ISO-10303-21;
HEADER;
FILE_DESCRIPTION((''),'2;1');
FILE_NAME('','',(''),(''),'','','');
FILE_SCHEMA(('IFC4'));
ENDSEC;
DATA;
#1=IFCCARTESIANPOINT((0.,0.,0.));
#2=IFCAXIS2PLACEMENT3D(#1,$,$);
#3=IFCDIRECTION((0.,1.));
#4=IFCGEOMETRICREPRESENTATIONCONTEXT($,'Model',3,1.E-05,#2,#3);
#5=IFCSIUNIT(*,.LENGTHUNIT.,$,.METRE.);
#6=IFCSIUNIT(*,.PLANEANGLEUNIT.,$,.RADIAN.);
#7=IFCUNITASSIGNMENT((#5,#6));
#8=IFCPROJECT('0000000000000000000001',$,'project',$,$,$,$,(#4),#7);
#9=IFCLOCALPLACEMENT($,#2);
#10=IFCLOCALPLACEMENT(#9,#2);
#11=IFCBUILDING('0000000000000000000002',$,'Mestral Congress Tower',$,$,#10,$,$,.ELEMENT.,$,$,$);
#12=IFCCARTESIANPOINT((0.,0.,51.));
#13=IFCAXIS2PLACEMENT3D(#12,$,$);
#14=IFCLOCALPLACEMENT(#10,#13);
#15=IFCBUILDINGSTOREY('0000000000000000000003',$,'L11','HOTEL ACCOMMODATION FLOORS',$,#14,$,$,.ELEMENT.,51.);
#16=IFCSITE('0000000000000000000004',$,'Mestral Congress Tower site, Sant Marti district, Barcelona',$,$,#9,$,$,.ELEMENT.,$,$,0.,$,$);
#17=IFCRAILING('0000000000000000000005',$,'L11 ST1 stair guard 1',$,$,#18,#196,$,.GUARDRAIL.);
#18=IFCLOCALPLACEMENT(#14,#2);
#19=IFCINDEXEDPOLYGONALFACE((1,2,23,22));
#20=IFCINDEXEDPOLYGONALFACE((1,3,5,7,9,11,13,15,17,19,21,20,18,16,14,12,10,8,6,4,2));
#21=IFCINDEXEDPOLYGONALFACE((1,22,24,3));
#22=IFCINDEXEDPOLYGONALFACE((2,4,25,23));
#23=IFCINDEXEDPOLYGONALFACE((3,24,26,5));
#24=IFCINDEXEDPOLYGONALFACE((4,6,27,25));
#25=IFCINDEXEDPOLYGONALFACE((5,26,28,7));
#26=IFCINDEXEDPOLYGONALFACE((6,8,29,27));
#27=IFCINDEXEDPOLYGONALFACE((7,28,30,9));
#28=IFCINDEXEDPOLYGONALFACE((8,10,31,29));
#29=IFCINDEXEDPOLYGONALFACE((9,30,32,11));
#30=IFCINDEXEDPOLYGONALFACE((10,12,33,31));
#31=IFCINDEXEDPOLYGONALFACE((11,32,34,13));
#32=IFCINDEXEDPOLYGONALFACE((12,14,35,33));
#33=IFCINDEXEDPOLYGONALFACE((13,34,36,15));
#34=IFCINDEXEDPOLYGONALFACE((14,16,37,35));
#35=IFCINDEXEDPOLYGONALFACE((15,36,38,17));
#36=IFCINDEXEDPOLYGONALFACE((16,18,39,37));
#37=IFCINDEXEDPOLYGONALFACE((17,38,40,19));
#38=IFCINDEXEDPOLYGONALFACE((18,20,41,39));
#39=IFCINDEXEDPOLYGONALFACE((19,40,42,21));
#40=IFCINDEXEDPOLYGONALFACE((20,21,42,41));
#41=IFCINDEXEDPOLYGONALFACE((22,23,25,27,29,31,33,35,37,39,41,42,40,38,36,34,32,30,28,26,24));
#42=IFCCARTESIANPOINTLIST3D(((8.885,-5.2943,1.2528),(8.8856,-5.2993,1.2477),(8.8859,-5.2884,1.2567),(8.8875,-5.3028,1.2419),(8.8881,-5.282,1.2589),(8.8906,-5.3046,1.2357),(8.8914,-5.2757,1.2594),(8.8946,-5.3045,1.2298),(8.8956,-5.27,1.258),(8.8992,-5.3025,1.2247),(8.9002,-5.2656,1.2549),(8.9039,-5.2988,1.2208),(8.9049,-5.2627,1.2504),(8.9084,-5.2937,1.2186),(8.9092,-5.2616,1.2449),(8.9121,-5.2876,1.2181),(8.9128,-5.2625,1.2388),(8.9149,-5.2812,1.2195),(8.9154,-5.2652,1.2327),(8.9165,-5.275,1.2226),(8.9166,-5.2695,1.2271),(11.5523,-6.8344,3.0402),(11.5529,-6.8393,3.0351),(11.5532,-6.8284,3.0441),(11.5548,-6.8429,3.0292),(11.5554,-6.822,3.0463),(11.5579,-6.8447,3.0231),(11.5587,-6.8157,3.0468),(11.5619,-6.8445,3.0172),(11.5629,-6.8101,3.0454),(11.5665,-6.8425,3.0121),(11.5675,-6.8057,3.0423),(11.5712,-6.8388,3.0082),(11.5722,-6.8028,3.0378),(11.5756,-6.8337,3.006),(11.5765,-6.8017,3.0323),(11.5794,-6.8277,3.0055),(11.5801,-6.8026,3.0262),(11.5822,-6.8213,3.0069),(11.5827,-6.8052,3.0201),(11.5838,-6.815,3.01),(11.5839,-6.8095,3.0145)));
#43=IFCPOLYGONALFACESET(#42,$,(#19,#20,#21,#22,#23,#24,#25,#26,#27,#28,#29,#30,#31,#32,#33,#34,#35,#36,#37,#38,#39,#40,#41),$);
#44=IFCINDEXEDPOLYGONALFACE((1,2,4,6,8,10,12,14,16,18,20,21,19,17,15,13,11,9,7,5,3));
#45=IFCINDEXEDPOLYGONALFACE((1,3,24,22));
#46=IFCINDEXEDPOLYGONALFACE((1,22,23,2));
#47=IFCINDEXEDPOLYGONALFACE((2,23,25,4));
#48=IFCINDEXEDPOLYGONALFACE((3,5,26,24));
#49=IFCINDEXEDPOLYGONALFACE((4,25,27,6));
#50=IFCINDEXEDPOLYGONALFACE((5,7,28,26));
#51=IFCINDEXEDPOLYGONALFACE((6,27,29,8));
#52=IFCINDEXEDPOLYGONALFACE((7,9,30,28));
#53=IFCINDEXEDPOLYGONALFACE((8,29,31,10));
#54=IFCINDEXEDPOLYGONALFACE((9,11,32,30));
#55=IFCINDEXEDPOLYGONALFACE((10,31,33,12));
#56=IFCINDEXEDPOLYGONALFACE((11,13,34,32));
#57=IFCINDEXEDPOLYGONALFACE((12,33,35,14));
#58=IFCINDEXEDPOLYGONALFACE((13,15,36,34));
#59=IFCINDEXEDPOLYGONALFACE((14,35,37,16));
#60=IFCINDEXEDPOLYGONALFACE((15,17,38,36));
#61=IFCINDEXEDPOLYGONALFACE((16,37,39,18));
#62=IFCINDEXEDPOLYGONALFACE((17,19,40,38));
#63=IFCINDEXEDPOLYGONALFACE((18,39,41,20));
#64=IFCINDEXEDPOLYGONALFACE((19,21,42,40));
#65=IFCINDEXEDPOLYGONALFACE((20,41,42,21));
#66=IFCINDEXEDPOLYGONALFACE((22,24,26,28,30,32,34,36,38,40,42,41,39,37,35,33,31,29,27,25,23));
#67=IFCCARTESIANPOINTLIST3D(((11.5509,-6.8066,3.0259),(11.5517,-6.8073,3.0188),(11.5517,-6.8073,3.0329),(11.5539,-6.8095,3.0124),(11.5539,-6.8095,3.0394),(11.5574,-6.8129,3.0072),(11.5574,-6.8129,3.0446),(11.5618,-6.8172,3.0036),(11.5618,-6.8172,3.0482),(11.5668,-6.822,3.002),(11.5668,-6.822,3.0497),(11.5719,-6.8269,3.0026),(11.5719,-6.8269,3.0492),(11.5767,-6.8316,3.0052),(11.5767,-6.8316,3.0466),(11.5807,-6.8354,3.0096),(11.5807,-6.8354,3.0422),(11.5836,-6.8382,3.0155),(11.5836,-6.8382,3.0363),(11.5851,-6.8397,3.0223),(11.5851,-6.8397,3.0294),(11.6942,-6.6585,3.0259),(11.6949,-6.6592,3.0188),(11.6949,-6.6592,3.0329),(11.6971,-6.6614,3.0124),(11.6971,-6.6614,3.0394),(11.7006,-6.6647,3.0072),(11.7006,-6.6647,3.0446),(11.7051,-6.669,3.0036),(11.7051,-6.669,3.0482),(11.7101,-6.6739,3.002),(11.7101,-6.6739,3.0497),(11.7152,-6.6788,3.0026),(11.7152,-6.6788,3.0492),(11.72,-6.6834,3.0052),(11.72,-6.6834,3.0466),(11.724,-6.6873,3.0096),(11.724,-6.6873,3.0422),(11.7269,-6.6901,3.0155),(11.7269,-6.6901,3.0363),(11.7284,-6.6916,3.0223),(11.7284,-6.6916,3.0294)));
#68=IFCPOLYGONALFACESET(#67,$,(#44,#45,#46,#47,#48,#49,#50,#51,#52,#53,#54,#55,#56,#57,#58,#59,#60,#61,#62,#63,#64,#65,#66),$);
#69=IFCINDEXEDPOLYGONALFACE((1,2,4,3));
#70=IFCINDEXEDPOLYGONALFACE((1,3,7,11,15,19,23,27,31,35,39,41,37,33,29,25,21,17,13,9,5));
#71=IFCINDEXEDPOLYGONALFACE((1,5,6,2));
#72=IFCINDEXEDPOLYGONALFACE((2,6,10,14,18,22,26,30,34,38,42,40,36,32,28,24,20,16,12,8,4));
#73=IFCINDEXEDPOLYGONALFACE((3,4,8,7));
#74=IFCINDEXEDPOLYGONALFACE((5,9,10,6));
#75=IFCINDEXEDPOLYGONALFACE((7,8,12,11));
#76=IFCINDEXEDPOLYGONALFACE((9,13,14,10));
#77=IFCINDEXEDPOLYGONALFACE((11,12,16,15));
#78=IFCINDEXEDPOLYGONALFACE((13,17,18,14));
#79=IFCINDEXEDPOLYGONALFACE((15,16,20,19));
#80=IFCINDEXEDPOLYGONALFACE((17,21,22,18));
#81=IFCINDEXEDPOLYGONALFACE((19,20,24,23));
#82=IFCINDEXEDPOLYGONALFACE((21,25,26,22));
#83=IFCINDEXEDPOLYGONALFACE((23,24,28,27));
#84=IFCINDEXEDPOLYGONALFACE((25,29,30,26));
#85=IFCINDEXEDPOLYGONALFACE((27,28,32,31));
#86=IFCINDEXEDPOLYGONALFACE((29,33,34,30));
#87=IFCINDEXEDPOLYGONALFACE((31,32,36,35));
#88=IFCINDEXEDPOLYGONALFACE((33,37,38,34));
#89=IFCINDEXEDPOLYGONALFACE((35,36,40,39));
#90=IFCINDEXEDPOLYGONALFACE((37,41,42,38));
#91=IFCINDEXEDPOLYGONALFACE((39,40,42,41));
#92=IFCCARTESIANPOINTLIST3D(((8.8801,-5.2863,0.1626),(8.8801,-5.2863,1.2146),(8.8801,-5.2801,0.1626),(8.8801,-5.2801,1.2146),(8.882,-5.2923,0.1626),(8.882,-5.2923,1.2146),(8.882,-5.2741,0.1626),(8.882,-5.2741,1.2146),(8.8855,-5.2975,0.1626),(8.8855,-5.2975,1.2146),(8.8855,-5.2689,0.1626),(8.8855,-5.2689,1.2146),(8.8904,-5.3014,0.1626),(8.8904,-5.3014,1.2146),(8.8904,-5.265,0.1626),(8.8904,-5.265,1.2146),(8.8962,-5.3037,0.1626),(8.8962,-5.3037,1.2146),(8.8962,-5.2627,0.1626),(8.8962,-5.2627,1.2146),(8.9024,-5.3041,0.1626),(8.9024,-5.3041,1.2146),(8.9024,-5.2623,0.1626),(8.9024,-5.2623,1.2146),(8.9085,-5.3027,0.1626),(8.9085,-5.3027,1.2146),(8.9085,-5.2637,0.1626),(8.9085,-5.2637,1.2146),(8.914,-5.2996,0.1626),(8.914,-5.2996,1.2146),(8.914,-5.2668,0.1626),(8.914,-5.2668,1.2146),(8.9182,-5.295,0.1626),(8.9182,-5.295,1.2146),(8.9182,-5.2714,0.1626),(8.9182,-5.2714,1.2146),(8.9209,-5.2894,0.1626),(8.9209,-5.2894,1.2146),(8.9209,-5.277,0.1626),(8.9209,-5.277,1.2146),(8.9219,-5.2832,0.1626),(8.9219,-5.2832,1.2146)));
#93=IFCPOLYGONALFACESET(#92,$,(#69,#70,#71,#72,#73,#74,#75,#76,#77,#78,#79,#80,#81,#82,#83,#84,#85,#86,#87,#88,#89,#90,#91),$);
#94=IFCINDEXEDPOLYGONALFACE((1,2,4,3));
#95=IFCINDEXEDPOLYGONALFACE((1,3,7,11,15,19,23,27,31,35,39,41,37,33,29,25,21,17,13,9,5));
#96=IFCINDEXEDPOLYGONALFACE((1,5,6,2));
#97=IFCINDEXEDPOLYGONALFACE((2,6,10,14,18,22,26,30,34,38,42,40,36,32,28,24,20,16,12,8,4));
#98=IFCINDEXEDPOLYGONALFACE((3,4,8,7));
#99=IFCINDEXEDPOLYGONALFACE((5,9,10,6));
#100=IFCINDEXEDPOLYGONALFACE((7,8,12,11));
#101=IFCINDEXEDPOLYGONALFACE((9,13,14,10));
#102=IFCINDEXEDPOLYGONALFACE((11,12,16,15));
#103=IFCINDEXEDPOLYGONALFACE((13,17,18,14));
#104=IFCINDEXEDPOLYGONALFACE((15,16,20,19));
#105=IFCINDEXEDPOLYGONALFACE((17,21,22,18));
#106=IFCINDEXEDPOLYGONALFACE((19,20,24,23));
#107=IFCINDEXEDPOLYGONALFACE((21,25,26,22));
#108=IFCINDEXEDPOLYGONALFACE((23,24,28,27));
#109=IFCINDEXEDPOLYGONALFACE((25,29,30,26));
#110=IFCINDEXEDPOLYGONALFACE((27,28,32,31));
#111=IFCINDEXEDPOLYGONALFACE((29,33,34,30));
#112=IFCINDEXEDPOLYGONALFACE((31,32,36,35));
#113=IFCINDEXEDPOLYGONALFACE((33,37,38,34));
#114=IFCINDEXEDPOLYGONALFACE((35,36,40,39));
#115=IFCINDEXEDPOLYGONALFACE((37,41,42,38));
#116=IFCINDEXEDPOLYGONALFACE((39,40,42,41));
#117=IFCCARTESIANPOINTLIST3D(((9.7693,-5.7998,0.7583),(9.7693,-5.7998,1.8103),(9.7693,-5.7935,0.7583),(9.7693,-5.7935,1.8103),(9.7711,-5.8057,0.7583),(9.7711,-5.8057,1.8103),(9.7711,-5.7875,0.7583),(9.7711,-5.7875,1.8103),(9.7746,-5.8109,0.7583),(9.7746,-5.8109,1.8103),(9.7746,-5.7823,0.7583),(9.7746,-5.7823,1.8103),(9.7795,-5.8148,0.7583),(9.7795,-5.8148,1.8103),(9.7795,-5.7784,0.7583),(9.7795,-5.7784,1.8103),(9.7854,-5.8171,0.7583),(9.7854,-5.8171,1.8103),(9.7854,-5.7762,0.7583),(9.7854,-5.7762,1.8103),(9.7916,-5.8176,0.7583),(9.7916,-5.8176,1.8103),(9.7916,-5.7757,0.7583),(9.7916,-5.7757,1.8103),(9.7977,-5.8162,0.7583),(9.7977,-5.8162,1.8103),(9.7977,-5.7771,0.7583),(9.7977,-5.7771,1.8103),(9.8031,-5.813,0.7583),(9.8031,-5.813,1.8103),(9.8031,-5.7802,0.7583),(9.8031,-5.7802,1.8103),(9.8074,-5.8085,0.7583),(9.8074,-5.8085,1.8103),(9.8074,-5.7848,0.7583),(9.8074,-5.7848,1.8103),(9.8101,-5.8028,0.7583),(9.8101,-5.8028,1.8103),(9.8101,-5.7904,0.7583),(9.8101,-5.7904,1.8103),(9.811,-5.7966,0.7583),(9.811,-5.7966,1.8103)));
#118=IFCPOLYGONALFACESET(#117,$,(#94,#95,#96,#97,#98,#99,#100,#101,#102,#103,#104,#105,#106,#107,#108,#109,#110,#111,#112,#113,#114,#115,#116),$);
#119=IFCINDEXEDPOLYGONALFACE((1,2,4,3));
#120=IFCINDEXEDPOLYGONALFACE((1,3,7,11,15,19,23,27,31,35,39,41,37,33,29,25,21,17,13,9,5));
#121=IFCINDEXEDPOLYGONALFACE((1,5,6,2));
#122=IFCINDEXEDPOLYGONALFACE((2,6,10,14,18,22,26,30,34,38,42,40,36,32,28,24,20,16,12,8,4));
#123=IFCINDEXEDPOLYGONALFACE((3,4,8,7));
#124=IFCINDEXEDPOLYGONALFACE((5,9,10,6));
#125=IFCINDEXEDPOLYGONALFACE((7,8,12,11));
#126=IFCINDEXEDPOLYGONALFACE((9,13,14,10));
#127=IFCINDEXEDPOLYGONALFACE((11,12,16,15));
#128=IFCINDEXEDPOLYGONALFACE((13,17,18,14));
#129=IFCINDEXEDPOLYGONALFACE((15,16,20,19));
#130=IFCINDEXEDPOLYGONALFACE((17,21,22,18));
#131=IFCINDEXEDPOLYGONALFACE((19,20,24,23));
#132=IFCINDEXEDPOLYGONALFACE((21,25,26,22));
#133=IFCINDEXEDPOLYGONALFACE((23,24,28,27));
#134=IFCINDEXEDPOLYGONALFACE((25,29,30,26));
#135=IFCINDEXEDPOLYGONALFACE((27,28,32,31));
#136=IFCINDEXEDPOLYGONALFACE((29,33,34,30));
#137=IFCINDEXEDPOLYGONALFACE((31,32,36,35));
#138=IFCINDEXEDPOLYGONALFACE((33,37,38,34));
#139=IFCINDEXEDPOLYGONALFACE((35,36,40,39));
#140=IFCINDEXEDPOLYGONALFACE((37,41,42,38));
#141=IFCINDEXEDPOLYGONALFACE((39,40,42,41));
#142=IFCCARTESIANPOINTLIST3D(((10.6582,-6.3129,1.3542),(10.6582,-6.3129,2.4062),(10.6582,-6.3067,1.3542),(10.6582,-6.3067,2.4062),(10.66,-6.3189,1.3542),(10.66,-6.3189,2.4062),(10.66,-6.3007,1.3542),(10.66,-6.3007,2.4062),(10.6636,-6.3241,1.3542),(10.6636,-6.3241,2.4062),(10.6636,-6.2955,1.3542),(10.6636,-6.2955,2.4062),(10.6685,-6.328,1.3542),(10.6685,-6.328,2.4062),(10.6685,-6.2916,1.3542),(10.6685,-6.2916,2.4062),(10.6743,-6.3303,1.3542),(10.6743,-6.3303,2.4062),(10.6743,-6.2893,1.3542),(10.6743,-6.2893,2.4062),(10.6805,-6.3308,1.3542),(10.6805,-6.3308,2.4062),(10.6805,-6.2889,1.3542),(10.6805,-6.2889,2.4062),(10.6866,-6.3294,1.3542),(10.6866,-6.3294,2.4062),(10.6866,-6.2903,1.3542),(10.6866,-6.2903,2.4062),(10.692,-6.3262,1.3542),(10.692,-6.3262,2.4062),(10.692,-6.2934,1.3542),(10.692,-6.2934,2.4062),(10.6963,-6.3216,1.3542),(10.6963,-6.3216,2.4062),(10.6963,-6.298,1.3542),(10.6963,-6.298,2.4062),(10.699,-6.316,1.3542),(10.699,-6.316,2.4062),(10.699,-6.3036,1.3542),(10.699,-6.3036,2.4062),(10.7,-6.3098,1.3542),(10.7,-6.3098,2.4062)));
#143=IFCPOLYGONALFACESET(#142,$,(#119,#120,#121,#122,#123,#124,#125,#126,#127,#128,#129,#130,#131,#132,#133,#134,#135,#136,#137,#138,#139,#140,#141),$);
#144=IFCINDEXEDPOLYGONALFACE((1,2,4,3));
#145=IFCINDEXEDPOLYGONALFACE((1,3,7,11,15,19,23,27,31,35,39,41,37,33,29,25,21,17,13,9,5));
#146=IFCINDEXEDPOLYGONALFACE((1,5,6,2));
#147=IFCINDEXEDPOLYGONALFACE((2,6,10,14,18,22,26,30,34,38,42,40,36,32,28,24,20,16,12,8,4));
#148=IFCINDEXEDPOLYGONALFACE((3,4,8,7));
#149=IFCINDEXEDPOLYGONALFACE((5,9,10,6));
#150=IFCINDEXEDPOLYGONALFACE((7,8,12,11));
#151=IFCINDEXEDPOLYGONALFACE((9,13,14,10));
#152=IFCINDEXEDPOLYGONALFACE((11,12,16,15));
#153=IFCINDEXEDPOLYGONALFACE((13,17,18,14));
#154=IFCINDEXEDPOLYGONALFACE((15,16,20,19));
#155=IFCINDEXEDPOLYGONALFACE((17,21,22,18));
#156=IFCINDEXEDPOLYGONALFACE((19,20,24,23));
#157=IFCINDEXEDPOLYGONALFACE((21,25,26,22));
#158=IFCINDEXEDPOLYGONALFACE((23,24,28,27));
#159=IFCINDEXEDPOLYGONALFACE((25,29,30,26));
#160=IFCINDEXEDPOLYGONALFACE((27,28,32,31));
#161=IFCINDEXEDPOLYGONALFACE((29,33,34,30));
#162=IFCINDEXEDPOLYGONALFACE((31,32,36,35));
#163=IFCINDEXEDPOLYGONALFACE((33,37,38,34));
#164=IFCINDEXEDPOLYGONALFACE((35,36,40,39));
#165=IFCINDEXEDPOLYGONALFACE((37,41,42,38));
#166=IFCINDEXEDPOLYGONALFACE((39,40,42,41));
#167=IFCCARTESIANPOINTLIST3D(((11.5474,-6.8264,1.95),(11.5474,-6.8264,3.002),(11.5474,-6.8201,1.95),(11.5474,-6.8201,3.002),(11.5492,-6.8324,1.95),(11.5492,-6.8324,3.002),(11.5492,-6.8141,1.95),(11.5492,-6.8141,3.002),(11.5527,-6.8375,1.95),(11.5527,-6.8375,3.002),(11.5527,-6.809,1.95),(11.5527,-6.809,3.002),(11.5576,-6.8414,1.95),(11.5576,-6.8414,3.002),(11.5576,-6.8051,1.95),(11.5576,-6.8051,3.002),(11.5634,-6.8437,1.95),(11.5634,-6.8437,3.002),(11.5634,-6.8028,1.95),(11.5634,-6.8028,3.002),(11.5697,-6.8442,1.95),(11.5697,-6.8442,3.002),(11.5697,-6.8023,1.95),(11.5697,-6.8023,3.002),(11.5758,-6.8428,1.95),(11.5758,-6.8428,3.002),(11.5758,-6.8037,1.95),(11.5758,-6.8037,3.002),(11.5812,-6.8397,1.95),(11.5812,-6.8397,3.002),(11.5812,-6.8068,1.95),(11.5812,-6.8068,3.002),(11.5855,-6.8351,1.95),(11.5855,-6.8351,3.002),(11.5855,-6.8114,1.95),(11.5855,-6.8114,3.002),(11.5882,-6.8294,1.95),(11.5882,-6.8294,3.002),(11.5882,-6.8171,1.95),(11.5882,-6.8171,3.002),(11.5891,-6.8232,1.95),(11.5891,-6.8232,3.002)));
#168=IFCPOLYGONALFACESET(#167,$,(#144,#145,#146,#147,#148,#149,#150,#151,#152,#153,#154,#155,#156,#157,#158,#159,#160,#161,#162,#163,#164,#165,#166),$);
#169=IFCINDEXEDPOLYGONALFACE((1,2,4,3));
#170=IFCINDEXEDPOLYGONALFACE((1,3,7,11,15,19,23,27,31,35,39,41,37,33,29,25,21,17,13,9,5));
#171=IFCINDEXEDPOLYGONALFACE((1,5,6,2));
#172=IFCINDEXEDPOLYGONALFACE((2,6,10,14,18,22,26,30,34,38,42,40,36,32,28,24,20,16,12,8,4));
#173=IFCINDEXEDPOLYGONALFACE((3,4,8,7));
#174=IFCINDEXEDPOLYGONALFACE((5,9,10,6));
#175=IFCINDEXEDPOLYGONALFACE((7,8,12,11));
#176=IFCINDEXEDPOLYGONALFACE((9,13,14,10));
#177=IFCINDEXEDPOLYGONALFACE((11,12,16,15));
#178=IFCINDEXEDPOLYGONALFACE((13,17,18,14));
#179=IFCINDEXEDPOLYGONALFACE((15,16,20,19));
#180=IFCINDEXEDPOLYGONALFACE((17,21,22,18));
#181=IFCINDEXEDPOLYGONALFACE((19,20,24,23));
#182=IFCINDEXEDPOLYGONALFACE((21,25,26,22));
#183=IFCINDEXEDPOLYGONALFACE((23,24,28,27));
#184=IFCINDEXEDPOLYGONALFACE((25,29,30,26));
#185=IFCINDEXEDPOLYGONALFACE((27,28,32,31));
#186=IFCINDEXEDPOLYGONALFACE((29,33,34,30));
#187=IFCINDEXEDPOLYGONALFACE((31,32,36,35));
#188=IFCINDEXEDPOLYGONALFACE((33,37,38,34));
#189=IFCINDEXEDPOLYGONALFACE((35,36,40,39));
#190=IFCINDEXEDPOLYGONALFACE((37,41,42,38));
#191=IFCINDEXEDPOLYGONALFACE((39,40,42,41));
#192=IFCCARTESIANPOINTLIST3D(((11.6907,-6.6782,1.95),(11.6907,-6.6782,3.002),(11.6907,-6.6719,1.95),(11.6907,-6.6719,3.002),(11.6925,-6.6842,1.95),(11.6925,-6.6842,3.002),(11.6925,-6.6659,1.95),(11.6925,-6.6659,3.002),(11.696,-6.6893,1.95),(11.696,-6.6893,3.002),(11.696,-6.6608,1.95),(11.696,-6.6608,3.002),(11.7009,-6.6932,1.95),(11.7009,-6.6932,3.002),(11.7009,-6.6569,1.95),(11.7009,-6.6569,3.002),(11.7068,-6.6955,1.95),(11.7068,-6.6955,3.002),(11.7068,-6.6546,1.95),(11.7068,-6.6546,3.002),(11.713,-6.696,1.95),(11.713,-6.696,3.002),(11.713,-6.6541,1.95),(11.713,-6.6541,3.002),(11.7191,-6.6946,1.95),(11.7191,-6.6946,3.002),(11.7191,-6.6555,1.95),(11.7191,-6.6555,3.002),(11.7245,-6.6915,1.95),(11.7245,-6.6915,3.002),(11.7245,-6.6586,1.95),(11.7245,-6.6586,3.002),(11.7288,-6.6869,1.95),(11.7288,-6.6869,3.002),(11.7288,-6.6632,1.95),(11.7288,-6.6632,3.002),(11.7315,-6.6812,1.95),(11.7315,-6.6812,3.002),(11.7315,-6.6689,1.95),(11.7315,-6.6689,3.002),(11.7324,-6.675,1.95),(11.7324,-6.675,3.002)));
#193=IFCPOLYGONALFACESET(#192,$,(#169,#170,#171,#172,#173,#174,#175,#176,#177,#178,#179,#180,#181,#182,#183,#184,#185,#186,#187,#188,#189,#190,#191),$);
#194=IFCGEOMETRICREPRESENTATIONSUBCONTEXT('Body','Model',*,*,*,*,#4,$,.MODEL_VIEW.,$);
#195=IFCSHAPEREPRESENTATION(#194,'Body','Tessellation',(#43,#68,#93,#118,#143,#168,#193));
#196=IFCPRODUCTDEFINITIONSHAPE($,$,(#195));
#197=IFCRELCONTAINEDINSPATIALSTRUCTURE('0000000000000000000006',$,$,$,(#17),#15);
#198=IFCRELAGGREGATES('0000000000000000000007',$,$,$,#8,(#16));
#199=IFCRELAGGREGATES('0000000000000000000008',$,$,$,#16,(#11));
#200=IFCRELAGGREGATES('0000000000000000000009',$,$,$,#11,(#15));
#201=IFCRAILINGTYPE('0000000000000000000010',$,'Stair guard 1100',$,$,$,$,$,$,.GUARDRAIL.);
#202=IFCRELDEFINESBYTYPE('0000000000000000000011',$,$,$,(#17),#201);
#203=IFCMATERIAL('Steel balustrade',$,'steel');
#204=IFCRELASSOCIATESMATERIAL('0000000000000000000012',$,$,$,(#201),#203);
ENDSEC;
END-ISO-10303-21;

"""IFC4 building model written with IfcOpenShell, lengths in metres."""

from ifc_helpers import new_model, si_unit, direction, frame, origin, origin_2d, place, context, subcontext, project, spatial, circle, extrude, material, type_object, element, save


model = new_model("IFC4")

# Units and contexts
model_context = context("Model", 3, precision=1e-05, world=origin(), true_north=direction((0.0, 1.0)))
body_context = subcontext(model_context, "Body", "Model", "MODEL_VIEW")
ifc_project = project(units=[si_unit("LENGTHUNIT", "METRE"), si_unit("PLANEANGLEUNIT", "RADIAN")], contexts=[model_context])

# Site, building, storey
site_placement = place(None, origin())
site = spatial("IfcSite", under=ifc_project, at=site_placement, Name="Mestral Congress Tower site, Sant Marti district, Barcelona", CompositionType="ELEMENT", RefElevation=0.0)
building_placement = place(site_placement, origin())
building = spatial("IfcBuilding", under=site, at=building_placement, Name="Mestral Congress Tower", CompositionType="ELEMENT")
storey_placement = place(building_placement, frame((0.0, 0.0, 51.0)))
storey = spatial("IfcBuildingStorey", under=building, at=storey_placement, Name="L11", Description="HOTEL ACCOMMODATION FLOORS", CompositionType="ELEMENT", Elevation=51.0)

# Railing
ifc_material_1 = material(Name="Steel balustrade", Category="steel")
railing_type_1 = type_object("IfcRailingType", Name="Stair guard 1100", PredefinedType="GUARDRAIL", material=ifc_material_1)
railing_1_placement = place(storey_placement, frame((8.9009, -5.2832, 0.1626)))
element("IfcRailing", 1, at=railing_1_placement, inside=storey, type_object=railing_type_1, Name="L11 ST1 stair guard 1", PredefinedType="GUARDRAIL", context=body_context, shape_type="SweptSolid", body=[
    extrude(circle(Radius=0.0239, at=origin_2d()), frame((0.0, 0.0, 1.0762), z_axis=(0.74902, -0.432477, 0.501929), x_axis=(0.500027, 0.86601, 0.0)), (0.0, 0.0, 1.0), 3.561),
    extrude(circle(Radius=0.0239, at=origin_2d()), frame((2.6672, -1.54, 2.8633), z_axis=(0.695165, 0.71885, 0.0), x_axis=(-0.71885, 0.695165, 0.0)), (0.0, 0.0, 1.0), 0.2061),
    extrude(circle(Radius=0.021, at=origin_2d()), origin(), (0.0, 0.0, 1.0), 1.052),
    extrude(circle(Radius=0.021, at=origin_2d()), frame((0.8892, -0.5134, 0.5957)), (0.0, 0.0, 1.0), 1.052),
    extrude(circle(Radius=0.021, at=origin_2d()), frame((1.7781, -1.0266, 1.1917)), (0.0, 0.0, 1.0), 1.052),
    extrude(circle(Radius=0.021, at=origin_2d()), frame((2.6672, -1.54, 1.7874)), (0.0, 0.0, 1.0), 1.052),
    extrude(circle(Radius=0.021, at=origin_2d()), frame((2.8105, -1.3918, 1.7874)), (0.0, 0.0, 1.0), 1.052),
])

save(model, "model.ifc")
